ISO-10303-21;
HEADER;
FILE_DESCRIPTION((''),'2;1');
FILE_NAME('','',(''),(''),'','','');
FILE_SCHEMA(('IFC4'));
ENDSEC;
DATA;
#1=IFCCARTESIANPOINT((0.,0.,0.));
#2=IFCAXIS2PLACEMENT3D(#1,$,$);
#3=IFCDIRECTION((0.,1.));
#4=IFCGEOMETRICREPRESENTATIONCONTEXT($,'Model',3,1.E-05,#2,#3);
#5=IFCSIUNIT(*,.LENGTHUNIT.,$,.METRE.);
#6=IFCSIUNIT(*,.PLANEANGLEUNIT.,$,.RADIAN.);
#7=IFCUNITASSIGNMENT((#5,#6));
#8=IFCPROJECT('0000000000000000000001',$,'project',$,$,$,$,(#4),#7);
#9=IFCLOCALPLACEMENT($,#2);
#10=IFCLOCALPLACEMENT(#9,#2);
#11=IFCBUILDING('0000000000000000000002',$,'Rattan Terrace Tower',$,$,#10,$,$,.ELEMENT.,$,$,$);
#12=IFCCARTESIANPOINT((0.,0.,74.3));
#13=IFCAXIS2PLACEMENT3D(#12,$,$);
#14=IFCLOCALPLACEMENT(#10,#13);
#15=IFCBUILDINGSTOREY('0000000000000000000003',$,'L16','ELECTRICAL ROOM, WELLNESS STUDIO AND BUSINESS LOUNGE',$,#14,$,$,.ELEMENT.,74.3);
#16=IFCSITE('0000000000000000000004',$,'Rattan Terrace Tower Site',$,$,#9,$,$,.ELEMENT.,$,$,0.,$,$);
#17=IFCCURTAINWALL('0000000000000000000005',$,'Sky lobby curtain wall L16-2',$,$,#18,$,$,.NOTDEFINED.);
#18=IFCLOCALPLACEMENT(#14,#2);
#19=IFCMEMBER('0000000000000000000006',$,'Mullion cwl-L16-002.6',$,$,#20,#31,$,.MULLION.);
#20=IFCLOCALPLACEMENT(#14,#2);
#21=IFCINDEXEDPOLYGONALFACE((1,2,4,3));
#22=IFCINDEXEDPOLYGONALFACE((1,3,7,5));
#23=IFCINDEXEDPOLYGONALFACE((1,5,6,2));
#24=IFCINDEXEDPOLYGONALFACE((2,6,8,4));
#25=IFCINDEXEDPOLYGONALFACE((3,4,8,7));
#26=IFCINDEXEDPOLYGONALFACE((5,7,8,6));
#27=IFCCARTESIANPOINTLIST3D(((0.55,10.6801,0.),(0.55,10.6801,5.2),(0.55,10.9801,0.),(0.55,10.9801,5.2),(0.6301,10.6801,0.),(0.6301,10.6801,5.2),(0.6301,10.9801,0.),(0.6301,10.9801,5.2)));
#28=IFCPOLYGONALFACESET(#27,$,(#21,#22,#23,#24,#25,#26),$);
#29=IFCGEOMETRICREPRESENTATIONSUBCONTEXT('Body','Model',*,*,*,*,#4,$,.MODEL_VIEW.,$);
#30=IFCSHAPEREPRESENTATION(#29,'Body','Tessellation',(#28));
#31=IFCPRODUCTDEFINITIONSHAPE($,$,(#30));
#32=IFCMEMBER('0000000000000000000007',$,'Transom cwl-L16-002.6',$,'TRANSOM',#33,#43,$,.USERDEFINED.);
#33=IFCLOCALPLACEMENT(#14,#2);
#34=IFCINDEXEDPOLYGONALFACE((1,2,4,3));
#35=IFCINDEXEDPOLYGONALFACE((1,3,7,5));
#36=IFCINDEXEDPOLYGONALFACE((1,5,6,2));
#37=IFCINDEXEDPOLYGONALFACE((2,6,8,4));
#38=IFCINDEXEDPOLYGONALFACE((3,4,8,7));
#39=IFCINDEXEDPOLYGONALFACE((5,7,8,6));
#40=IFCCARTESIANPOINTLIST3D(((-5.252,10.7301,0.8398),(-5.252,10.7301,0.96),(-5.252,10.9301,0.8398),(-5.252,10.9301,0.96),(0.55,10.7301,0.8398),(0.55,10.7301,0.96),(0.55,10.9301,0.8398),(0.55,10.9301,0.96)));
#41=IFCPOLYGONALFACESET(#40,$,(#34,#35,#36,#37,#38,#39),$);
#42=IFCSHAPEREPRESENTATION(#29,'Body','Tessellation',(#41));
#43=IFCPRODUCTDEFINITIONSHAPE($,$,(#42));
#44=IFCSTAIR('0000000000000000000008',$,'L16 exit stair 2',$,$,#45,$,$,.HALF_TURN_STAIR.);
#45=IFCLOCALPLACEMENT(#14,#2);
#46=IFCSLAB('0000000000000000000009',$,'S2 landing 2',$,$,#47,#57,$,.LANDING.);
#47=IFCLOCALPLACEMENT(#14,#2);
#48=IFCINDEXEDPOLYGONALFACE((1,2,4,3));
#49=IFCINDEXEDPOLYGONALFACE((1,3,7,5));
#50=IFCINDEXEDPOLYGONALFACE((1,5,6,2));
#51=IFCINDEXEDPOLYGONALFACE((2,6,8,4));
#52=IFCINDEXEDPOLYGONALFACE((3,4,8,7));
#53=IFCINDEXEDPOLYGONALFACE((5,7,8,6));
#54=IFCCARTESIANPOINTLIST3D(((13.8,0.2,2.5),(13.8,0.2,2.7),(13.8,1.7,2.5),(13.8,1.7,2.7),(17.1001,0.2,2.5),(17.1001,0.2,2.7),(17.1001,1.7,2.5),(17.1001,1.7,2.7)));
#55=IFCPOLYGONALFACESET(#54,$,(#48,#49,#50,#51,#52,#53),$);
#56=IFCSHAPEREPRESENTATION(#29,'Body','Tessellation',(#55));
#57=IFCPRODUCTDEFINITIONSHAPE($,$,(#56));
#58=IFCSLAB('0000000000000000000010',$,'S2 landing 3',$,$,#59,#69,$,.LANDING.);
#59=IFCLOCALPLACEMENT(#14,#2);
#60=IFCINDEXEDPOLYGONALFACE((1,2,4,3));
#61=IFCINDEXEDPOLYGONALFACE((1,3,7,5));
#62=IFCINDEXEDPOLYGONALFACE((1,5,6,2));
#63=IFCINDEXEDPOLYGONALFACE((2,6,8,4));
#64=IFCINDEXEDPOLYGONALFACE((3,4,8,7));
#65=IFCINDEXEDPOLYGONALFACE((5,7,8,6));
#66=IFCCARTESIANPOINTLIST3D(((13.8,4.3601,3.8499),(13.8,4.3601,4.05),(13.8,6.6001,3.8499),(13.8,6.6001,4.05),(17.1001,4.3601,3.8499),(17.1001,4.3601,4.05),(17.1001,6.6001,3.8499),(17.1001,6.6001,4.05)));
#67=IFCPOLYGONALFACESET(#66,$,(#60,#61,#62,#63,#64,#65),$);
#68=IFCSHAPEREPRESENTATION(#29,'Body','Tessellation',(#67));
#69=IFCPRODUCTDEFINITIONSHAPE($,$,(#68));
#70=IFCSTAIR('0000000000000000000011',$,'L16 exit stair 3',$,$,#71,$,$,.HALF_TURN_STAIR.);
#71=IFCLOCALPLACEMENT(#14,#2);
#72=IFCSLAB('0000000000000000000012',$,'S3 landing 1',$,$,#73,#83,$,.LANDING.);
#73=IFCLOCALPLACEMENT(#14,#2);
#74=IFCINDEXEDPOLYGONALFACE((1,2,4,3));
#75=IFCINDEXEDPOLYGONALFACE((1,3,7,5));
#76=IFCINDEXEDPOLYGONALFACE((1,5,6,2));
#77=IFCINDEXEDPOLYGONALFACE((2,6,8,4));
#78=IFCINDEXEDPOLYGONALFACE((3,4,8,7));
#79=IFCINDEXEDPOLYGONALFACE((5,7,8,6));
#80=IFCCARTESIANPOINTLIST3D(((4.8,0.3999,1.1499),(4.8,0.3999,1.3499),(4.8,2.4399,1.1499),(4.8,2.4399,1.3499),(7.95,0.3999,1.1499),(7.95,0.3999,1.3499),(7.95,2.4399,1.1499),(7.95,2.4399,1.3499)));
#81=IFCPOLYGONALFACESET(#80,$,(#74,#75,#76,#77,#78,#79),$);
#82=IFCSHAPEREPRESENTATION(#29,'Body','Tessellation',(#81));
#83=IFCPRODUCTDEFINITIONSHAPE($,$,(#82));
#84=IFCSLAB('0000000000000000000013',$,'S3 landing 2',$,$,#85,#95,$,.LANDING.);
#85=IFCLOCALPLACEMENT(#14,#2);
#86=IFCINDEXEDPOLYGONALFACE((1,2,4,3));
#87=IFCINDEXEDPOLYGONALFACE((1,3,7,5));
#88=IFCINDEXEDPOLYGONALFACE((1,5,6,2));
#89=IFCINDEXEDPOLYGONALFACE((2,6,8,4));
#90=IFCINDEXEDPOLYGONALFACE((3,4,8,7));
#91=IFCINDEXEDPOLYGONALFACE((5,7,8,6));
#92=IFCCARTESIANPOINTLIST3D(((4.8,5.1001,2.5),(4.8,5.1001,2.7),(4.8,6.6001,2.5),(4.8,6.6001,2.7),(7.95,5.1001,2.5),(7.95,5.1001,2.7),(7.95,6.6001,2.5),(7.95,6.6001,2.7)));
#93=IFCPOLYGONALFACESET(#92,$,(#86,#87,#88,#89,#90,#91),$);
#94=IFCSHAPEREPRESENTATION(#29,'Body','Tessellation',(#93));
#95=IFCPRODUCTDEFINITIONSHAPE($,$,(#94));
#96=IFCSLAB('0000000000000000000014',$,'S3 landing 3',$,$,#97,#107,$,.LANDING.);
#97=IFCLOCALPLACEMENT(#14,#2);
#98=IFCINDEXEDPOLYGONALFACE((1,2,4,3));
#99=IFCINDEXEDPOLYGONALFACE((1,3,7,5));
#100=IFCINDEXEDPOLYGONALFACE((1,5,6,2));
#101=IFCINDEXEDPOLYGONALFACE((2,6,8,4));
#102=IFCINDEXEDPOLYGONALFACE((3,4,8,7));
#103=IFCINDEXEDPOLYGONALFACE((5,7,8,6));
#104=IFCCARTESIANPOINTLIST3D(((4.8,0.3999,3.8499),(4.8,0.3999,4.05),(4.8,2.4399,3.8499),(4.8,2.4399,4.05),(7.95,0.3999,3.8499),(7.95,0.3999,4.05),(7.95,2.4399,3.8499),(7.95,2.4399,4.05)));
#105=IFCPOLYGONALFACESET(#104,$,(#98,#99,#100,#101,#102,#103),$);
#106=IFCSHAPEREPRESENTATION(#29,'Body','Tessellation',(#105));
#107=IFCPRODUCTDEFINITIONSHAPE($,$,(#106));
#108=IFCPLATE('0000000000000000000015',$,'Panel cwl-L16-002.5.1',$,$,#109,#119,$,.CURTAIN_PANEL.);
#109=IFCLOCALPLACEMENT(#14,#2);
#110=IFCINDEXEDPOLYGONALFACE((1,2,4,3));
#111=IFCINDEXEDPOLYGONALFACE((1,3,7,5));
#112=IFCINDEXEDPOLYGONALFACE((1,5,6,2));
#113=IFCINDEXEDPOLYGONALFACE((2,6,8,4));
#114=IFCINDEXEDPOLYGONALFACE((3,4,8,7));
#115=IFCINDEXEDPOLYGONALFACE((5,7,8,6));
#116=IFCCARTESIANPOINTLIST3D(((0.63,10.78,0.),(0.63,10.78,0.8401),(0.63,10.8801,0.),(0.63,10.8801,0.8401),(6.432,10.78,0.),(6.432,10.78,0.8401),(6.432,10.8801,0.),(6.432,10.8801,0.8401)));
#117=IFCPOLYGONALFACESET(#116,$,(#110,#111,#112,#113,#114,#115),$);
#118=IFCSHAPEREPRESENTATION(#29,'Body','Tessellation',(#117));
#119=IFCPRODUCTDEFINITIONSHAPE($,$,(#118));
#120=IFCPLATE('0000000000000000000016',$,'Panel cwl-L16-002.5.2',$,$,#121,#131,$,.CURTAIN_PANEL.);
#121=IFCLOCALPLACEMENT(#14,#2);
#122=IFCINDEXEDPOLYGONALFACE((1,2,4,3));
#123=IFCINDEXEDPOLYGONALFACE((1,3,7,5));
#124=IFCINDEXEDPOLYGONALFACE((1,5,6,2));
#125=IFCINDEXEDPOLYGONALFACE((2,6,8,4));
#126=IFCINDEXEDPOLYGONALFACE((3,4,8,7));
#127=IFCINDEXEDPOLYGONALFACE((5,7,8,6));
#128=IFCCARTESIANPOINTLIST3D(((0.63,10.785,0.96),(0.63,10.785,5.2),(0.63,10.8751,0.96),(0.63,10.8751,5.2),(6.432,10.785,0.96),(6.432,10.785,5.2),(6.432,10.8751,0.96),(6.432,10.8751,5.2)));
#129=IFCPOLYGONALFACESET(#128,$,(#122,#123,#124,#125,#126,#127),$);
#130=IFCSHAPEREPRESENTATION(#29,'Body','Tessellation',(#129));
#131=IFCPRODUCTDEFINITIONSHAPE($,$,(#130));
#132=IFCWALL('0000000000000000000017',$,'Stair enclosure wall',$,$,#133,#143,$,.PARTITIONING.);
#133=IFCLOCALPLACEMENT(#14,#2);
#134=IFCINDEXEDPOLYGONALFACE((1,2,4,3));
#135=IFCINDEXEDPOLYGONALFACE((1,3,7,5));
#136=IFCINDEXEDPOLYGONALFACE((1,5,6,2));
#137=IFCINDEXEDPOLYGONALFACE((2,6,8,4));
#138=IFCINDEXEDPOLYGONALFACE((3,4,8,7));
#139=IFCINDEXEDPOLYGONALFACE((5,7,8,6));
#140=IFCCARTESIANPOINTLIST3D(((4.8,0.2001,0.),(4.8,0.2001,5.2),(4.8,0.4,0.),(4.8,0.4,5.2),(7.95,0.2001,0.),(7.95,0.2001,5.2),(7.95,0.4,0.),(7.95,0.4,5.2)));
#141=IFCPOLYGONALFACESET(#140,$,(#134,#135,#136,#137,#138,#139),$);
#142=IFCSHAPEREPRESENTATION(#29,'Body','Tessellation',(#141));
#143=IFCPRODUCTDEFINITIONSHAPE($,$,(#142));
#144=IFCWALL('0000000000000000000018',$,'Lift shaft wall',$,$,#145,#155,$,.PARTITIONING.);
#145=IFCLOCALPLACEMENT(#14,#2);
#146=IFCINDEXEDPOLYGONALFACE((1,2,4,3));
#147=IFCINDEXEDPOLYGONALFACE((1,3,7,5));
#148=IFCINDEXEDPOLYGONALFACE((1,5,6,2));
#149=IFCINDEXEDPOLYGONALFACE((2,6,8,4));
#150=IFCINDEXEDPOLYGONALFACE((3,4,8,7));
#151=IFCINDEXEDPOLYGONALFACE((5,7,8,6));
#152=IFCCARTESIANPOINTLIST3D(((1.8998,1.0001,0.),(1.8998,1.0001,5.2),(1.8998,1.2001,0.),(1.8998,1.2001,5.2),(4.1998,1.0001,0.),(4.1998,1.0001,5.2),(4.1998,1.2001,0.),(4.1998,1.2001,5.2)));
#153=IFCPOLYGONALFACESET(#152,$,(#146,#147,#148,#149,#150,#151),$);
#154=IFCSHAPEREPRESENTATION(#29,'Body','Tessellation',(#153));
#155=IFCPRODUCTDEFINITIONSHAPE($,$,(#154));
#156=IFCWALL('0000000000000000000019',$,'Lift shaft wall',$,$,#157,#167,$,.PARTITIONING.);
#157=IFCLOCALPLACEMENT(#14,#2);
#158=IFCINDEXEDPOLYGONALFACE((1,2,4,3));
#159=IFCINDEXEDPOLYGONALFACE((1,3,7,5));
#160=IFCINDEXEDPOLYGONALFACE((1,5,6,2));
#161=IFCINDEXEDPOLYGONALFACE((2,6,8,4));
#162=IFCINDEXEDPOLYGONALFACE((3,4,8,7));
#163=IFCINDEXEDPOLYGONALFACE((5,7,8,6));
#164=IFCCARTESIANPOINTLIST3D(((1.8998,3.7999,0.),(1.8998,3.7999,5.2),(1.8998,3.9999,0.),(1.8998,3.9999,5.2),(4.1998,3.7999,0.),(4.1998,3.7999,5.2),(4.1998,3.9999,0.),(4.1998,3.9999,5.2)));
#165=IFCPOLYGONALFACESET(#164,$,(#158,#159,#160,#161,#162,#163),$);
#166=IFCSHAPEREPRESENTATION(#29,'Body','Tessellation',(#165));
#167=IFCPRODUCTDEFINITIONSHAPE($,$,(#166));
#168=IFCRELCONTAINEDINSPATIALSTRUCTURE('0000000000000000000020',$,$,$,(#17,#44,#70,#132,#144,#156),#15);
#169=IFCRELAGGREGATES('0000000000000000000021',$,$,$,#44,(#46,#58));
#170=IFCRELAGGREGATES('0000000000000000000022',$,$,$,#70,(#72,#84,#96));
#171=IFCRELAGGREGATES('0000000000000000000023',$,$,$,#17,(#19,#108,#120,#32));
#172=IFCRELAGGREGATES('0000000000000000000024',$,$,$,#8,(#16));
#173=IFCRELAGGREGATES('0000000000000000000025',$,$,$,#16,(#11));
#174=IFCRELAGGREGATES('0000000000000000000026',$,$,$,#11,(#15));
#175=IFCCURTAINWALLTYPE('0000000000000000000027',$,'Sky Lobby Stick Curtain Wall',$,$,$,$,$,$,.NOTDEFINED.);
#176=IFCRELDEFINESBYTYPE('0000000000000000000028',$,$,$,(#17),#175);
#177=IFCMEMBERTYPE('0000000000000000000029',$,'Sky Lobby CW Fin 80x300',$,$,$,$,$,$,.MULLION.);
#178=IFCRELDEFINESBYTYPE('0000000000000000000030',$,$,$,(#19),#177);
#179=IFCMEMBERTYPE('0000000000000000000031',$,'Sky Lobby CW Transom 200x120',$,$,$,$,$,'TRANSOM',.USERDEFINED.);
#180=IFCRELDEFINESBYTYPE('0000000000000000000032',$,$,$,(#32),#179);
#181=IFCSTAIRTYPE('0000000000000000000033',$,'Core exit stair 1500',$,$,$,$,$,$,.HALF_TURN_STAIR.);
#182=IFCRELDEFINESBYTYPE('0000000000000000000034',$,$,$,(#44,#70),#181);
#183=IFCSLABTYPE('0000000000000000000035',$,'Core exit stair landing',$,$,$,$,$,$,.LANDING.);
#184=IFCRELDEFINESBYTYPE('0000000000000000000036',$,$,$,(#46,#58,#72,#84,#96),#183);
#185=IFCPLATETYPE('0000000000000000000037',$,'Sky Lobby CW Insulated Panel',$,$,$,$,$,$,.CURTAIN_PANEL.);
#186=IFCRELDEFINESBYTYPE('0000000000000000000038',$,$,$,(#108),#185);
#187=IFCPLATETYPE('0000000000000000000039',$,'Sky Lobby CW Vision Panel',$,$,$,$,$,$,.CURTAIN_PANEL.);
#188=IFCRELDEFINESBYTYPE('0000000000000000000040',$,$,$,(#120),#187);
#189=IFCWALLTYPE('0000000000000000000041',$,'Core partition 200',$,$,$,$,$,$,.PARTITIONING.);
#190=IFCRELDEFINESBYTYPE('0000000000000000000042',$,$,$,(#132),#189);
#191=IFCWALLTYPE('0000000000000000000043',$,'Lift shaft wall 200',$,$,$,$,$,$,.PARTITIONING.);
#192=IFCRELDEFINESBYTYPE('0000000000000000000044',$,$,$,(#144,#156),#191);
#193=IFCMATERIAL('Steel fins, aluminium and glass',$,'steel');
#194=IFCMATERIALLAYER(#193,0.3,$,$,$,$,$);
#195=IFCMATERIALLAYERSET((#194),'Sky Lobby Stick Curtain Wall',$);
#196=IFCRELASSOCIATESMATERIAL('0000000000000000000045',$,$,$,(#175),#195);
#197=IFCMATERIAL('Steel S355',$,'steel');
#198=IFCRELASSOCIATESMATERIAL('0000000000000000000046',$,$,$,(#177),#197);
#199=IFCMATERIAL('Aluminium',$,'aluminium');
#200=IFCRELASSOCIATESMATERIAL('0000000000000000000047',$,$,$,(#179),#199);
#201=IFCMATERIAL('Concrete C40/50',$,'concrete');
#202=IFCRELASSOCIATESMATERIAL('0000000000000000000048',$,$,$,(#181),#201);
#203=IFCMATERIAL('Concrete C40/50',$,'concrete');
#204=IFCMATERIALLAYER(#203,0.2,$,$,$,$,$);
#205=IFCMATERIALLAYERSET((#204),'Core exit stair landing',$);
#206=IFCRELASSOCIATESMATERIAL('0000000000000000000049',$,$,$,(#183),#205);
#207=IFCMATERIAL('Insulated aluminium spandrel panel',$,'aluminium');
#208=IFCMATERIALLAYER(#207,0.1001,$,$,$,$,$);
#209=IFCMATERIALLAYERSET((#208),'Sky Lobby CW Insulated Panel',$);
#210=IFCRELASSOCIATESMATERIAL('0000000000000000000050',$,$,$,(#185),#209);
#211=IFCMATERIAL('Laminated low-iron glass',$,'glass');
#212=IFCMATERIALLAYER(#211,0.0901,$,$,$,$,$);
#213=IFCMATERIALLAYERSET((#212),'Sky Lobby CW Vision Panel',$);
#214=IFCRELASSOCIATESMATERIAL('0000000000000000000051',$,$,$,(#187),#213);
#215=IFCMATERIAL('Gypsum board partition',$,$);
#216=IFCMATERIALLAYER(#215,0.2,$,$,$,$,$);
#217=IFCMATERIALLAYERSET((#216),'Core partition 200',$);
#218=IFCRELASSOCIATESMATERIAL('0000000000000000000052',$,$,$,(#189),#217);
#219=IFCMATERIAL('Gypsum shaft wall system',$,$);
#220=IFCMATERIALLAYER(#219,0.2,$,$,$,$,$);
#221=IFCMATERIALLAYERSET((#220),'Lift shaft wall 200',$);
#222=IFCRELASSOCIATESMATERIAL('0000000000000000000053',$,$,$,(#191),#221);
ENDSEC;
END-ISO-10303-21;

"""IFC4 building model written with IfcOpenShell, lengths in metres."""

from ifc_helpers import new_model, si_unit, direction, frame, frame_2d, origin, origin_2d, place, context, subcontext, project, spatial, polyline, rectangle, outline, extrude, material, layer, layer_set, material_profile, profile_set, type_object, element, aggregate, save


model = new_model("IFC4")

# Units and contexts
model_context = context("Model", 3, precision=1e-05, world=origin(), true_north=direction((0.0, 1.0)))
body_context = subcontext(model_context, "Body", "Model", "MODEL_VIEW")
ifc_project = project(units=[si_unit("LENGTHUNIT", "METRE"), si_unit("PLANEANGLEUNIT", "RADIAN")], contexts=[model_context])

# Site, building, storey
site_placement = place(None, origin())
site = spatial("IfcSite", under=ifc_project, at=site_placement, Name="Rattan Terrace Tower Site", CompositionType="ELEMENT", RefElevation=0.0)
building_placement = place(site_placement, origin())
building = spatial("IfcBuilding", under=site, at=building_placement, Name="Rattan Terrace Tower", CompositionType="ELEMENT")
storey_placement = place(building_placement, frame((0.0, 0.0, 74.3)))
storey = spatial("IfcBuildingStorey", under=building, at=storey_placement, Name="L16", Description="ELECTRICAL ROOM, WELLNESS STUDIO AND BUSINESS LOUNGE", CompositionType="ELEMENT", Elevation=74.3)

# Curtain wall, members
ifc_material_1 = material(Name="Steel fins, aluminium and glass", Category="steel")
ifc_layer_1 = layer(ifc_material_1, 0.3)
ifc_layer_set_1 = layer_set([ifc_layer_1], Name="Sky Lobby Stick Curtain Wall")
curtain_wall_type = type_object("IfcCurtainWallType", Name="Sky Lobby Stick Curtain Wall", PredefinedType="NOTDEFINED", material=ifc_layer_set_1)
curtain_wall_placement = place(storey_placement, origin())
curtain_wall = element("IfcCurtainWall", 1, at=curtain_wall_placement, inside=storey, type_object=curtain_wall_type, Name="Sky lobby curtain wall L16-2", PredefinedType="NOTDEFINED")
ifc_material_2 = material(Name="Steel S355", Category="steel")
ifc_material_profile_1 = material_profile(ifc_material_2, rectangle(XDim=0.0801, YDim=0.3, at=origin_2d()), Name="Steel S355 80x300")
ifc_profile_set_1 = profile_set([ifc_material_profile_1], Name="Steel S355")
member_type_1 = type_object("IfcMemberType", Name="Sky Lobby CW Fin 80x300", PredefinedType="MULLION", material=ifc_profile_set_1)
member_1_placement = place(storey_placement, frame((0.5901, 10.8301, 0.0), z_axis=(0.0, 0.0, 1.0), x_axis=(-1.0, 0.0, 0.0)))
member_1 = element("IfcMember", 2, at=member_1_placement, type_object=member_type_1, Name="Mullion cwl-L16-002.6", PredefinedType="MULLION", context=body_context, shape_type="SweptSolid", body=[
    extrude(rectangle(XDim=0.0801, YDim=0.3, at=origin_2d()), origin(), (0.0, 0.0, 1.0), 5.2),
])
ifc_material_3 = material(Name="Aluminium", Category="aluminium")
ifc_material_profile_2 = material_profile(ifc_material_3, rectangle(XDim=0.2, YDim=0.1201, at=origin_2d()), Name="Aluminium 200x120")
ifc_profile_set_2 = profile_set([ifc_material_profile_2], Name="Aluminium")
member_type_2 = type_object("IfcMemberType", Name="Sky Lobby CW Transom 200x120", ElementType="TRANSOM", PredefinedType="USERDEFINED", material=ifc_profile_set_2)
member_2_placement = place(storey_placement, frame((0.55, 10.8301, 0.8999), z_axis=(-1.0, 0.0, 0.0), x_axis=(0.0, -1.0, 0.0)))
member_2 = element("IfcMember", 3, at=member_2_placement, type_object=member_type_2, Name="Transom cwl-L16-002.6", ObjectType="TRANSOM", PredefinedType="USERDEFINED", context=body_context, shape_type="SweptSolid", body=[
    extrude(rectangle(XDim=0.2, YDim=0.1201, at=origin_2d()), origin(), (0.0, 0.0, 1.0), 5.802),
])

# Stairs, slabs
ifc_material_4 = material(Name="Concrete C40/50", Category="concrete")
stair_type = type_object("IfcStairType", Name="Core exit stair 1500", PredefinedType="HALF_TURN_STAIR", material=ifc_material_4)
stair_1_placement = place(storey_placement, origin())
stair_1 = element("IfcStair", 4, at=stair_1_placement, inside=storey, type_object=stair_type, Name="L16 exit stair 2", PredefinedType="HALF_TURN_STAIR")
ifc_material_5 = material(Name="Concrete C40/50", Category="concrete")
ifc_layer_2 = layer(ifc_material_5, 0.2)
ifc_layer_set_2 = layer_set([ifc_layer_2], Name="Core exit stair landing")
slab_type = type_object("IfcSlabType", Name="Core exit stair landing", PredefinedType="LANDING", material=ifc_layer_set_2)
slab_1_placement = place(storey_placement, frame((0.0, 0.0, 2.5)))
slab_1 = element("IfcSlab", 5, at=slab_1_placement, type_object=slab_type, Name="S2 landing 2", PredefinedType="LANDING", context=body_context, shape_type="SweptSolid", body=[
    extrude(outline(polyline([(17.1001, 0.2), (17.1001, 1.7), (13.8, 1.7), (13.8, 0.2), (17.1001, 0.2)])), origin(), (0.0, 0.0, 1.0), 0.2),
])
slab_2_placement = place(storey_placement, frame((0.0, 0.0, 3.8499)))
slab_2 = element("IfcSlab", 6, at=slab_2_placement, type_object=slab_type, Name="S2 landing 3", PredefinedType="LANDING", context=body_context, shape_type="SweptSolid", body=[
    extrude(outline(polyline([(17.1001, 4.3601), (17.1001, 6.6001), (13.8, 6.6001), (13.8, 4.3601), (17.1001, 4.3601)])), origin(), (0.0, 0.0, 1.0), 0.2002),
])
aggregate(stair_1, [slab_1, slab_2])
stair_2_placement = place(storey_placement, origin())
stair_2 = element("IfcStair", 7, at=stair_2_placement, inside=storey, type_object=stair_type, Name="L16 exit stair 3", PredefinedType="HALF_TURN_STAIR")
slab_3_placement = place(storey_placement, frame((0.0, 0.0, 1.1499)))
slab_3 = element("IfcSlab", 8, at=slab_3_placement, type_object=slab_type, Name="S3 landing 1", PredefinedType="LANDING", context=body_context, shape_type="SweptSolid", body=[
    extrude(outline(polyline([(4.8, 2.4399), (4.8, 0.3999), (7.95, 0.3999), (7.95, 2.4399), (4.8, 2.4399)])), origin(), (0.0, 0.0, 1.0), 0.2),
])
slab_4_placement = place(storey_placement, frame((0.0, 0.0, 2.5)))
slab_4 = element("IfcSlab", 9, at=slab_4_placement, type_object=slab_type, Name="S3 landing 2", PredefinedType="LANDING", context=body_context, shape_type="SweptSolid", body=[
    extrude(outline(polyline([(4.8, 6.6001), (4.8, 5.1001), (7.95, 5.1001), (7.95, 6.6001), (4.8, 6.6001)])), origin(), (0.0, 0.0, 1.0), 0.2),
])
slab_5_placement = place(storey_placement, frame((0.0, 0.0, 3.8499)))
slab_5 = element("IfcSlab", 10, at=slab_5_placement, type_object=slab_type, Name="S3 landing 3", PredefinedType="LANDING", context=body_context, shape_type="SweptSolid", body=[
    extrude(outline(polyline([(4.8, 2.4399), (4.8, 0.3999), (7.95, 0.3999), (7.95, 2.4399), (4.8, 2.4399)])), origin(), (0.0, 0.0, 1.0), 0.2002),
])
aggregate(stair_2, [slab_3, slab_4, slab_5])

# Plates
ifc_material_6 = material(Name="Insulated aluminium spandrel panel", Category="aluminium")
ifc_layer_3 = layer(ifc_material_6, 0.1001)
ifc_layer_set_3 = layer_set([ifc_layer_3], Name="Sky Lobby CW Insulated Panel")
plate_type_1 = type_object("IfcPlateType", Name="Sky Lobby CW Insulated Panel", PredefinedType="CURTAIN_PANEL", material=ifc_layer_set_3)
plate_1_placement = place(storey_placement, frame((3.531, 10.8301, 0.0), z_axis=(0.0, 0.0, 1.0), x_axis=(-1.0, 0.0, 0.0)))
plate_1 = element("IfcPlate", 11, at=plate_1_placement, type_object=plate_type_1, Name="Panel cwl-L16-002.5.1", PredefinedType="CURTAIN_PANEL", context=body_context, shape_type="SweptSolid", body=[
    extrude(rectangle(XDim=5.802, YDim=0.1001, at=origin_2d()), origin(), (0.0, 0.0, 1.0), 0.8401),
])
ifc_material_7 = material(Name="Laminated low-iron glass", Category="glass")
ifc_layer_4 = layer(ifc_material_7, 0.0901)
ifc_layer_set_4 = layer_set([ifc_layer_4], Name="Sky Lobby CW Vision Panel")
plate_type_2 = type_object("IfcPlateType", Name="Sky Lobby CW Vision Panel", PredefinedType="CURTAIN_PANEL", material=ifc_layer_set_4)
plate_2_placement = place(storey_placement, frame((3.531, 10.8301, 0.96), z_axis=(0.0, 0.0, 1.0), x_axis=(-1.0, 0.0, 0.0)))
plate_2 = element("IfcPlate", 12, at=plate_2_placement, type_object=plate_type_2, Name="Panel cwl-L16-002.5.2", PredefinedType="CURTAIN_PANEL", context=body_context, shape_type="SweptSolid", body=[
    extrude(rectangle(XDim=5.802, YDim=0.0901, at=origin_2d()), origin(), (0.0, 0.0, 1.0), 4.24),
])
aggregate(curtain_wall, [member_1, plate_1, plate_2, member_2])

# Walls
ifc_material_8 = material(Name="Gypsum board partition")
ifc_layer_5 = layer(ifc_material_8, 0.2)
ifc_layer_set_5 = layer_set([ifc_layer_5], Name="Core partition 200")
wall_type_1 = type_object("IfcWallType", Name="Core partition 200", PredefinedType="PARTITIONING", material=ifc_layer_set_5)
wall_placement = place(storey_placement, frame((4.8, 0.3, 0.0), z_axis=(0.0, 0.0, 1.0), x_axis=(1.0, 0.0, 0.0)))
element("IfcWall", 13, at=wall_placement, inside=storey, type_object=wall_type_1, Name="Stair enclosure wall", PredefinedType="PARTITIONING", context=body_context, shape_type="SweptSolid", body=[
    extrude(rectangle(XDim=3.1499, YDim=0.2, at=frame_2d((1.575, 0.0))), origin(), (0.0, 0.0, 1.0), 5.2),
])
ifc_material_9 = material(Name="Gypsum shaft wall system")
ifc_layer_6 = layer(ifc_material_9, 0.2)
ifc_layer_set_6 = layer_set([ifc_layer_6], Name="Lift shaft wall 200")
wall_type_2 = type_object("IfcWallType", Name="Lift shaft wall 200", PredefinedType="PARTITIONING", material=ifc_layer_set_6)
for number, where, z_axis, x_axis, name in (
    (14, (1.8999, 1.1001, 0.0), (0.0, 0.0, 1.0), (1.0, 0.0, 0.0), "Lift shaft wall"),
    (15, (1.8999, 3.8999, 0.0), (0.0, 0.0, 1.0), (1.0, 0.0, 0.0), "Lift shaft wall"),
):
    element("IfcWall", number, at=place(storey_placement, frame(where, z_axis=z_axis, x_axis=x_axis)), inside=storey, type_object=wall_type_2, Name=name, PredefinedType="PARTITIONING", context=body_context, shape_type="SweptSolid", body=[
        extrude(rectangle(XDim=2.3, YDim=0.2, at=frame_2d((1.1499, 0.0))), origin(), (0.0, 0.0, 1.0), 5.2),
    ])

save(model, "model.ifc")
